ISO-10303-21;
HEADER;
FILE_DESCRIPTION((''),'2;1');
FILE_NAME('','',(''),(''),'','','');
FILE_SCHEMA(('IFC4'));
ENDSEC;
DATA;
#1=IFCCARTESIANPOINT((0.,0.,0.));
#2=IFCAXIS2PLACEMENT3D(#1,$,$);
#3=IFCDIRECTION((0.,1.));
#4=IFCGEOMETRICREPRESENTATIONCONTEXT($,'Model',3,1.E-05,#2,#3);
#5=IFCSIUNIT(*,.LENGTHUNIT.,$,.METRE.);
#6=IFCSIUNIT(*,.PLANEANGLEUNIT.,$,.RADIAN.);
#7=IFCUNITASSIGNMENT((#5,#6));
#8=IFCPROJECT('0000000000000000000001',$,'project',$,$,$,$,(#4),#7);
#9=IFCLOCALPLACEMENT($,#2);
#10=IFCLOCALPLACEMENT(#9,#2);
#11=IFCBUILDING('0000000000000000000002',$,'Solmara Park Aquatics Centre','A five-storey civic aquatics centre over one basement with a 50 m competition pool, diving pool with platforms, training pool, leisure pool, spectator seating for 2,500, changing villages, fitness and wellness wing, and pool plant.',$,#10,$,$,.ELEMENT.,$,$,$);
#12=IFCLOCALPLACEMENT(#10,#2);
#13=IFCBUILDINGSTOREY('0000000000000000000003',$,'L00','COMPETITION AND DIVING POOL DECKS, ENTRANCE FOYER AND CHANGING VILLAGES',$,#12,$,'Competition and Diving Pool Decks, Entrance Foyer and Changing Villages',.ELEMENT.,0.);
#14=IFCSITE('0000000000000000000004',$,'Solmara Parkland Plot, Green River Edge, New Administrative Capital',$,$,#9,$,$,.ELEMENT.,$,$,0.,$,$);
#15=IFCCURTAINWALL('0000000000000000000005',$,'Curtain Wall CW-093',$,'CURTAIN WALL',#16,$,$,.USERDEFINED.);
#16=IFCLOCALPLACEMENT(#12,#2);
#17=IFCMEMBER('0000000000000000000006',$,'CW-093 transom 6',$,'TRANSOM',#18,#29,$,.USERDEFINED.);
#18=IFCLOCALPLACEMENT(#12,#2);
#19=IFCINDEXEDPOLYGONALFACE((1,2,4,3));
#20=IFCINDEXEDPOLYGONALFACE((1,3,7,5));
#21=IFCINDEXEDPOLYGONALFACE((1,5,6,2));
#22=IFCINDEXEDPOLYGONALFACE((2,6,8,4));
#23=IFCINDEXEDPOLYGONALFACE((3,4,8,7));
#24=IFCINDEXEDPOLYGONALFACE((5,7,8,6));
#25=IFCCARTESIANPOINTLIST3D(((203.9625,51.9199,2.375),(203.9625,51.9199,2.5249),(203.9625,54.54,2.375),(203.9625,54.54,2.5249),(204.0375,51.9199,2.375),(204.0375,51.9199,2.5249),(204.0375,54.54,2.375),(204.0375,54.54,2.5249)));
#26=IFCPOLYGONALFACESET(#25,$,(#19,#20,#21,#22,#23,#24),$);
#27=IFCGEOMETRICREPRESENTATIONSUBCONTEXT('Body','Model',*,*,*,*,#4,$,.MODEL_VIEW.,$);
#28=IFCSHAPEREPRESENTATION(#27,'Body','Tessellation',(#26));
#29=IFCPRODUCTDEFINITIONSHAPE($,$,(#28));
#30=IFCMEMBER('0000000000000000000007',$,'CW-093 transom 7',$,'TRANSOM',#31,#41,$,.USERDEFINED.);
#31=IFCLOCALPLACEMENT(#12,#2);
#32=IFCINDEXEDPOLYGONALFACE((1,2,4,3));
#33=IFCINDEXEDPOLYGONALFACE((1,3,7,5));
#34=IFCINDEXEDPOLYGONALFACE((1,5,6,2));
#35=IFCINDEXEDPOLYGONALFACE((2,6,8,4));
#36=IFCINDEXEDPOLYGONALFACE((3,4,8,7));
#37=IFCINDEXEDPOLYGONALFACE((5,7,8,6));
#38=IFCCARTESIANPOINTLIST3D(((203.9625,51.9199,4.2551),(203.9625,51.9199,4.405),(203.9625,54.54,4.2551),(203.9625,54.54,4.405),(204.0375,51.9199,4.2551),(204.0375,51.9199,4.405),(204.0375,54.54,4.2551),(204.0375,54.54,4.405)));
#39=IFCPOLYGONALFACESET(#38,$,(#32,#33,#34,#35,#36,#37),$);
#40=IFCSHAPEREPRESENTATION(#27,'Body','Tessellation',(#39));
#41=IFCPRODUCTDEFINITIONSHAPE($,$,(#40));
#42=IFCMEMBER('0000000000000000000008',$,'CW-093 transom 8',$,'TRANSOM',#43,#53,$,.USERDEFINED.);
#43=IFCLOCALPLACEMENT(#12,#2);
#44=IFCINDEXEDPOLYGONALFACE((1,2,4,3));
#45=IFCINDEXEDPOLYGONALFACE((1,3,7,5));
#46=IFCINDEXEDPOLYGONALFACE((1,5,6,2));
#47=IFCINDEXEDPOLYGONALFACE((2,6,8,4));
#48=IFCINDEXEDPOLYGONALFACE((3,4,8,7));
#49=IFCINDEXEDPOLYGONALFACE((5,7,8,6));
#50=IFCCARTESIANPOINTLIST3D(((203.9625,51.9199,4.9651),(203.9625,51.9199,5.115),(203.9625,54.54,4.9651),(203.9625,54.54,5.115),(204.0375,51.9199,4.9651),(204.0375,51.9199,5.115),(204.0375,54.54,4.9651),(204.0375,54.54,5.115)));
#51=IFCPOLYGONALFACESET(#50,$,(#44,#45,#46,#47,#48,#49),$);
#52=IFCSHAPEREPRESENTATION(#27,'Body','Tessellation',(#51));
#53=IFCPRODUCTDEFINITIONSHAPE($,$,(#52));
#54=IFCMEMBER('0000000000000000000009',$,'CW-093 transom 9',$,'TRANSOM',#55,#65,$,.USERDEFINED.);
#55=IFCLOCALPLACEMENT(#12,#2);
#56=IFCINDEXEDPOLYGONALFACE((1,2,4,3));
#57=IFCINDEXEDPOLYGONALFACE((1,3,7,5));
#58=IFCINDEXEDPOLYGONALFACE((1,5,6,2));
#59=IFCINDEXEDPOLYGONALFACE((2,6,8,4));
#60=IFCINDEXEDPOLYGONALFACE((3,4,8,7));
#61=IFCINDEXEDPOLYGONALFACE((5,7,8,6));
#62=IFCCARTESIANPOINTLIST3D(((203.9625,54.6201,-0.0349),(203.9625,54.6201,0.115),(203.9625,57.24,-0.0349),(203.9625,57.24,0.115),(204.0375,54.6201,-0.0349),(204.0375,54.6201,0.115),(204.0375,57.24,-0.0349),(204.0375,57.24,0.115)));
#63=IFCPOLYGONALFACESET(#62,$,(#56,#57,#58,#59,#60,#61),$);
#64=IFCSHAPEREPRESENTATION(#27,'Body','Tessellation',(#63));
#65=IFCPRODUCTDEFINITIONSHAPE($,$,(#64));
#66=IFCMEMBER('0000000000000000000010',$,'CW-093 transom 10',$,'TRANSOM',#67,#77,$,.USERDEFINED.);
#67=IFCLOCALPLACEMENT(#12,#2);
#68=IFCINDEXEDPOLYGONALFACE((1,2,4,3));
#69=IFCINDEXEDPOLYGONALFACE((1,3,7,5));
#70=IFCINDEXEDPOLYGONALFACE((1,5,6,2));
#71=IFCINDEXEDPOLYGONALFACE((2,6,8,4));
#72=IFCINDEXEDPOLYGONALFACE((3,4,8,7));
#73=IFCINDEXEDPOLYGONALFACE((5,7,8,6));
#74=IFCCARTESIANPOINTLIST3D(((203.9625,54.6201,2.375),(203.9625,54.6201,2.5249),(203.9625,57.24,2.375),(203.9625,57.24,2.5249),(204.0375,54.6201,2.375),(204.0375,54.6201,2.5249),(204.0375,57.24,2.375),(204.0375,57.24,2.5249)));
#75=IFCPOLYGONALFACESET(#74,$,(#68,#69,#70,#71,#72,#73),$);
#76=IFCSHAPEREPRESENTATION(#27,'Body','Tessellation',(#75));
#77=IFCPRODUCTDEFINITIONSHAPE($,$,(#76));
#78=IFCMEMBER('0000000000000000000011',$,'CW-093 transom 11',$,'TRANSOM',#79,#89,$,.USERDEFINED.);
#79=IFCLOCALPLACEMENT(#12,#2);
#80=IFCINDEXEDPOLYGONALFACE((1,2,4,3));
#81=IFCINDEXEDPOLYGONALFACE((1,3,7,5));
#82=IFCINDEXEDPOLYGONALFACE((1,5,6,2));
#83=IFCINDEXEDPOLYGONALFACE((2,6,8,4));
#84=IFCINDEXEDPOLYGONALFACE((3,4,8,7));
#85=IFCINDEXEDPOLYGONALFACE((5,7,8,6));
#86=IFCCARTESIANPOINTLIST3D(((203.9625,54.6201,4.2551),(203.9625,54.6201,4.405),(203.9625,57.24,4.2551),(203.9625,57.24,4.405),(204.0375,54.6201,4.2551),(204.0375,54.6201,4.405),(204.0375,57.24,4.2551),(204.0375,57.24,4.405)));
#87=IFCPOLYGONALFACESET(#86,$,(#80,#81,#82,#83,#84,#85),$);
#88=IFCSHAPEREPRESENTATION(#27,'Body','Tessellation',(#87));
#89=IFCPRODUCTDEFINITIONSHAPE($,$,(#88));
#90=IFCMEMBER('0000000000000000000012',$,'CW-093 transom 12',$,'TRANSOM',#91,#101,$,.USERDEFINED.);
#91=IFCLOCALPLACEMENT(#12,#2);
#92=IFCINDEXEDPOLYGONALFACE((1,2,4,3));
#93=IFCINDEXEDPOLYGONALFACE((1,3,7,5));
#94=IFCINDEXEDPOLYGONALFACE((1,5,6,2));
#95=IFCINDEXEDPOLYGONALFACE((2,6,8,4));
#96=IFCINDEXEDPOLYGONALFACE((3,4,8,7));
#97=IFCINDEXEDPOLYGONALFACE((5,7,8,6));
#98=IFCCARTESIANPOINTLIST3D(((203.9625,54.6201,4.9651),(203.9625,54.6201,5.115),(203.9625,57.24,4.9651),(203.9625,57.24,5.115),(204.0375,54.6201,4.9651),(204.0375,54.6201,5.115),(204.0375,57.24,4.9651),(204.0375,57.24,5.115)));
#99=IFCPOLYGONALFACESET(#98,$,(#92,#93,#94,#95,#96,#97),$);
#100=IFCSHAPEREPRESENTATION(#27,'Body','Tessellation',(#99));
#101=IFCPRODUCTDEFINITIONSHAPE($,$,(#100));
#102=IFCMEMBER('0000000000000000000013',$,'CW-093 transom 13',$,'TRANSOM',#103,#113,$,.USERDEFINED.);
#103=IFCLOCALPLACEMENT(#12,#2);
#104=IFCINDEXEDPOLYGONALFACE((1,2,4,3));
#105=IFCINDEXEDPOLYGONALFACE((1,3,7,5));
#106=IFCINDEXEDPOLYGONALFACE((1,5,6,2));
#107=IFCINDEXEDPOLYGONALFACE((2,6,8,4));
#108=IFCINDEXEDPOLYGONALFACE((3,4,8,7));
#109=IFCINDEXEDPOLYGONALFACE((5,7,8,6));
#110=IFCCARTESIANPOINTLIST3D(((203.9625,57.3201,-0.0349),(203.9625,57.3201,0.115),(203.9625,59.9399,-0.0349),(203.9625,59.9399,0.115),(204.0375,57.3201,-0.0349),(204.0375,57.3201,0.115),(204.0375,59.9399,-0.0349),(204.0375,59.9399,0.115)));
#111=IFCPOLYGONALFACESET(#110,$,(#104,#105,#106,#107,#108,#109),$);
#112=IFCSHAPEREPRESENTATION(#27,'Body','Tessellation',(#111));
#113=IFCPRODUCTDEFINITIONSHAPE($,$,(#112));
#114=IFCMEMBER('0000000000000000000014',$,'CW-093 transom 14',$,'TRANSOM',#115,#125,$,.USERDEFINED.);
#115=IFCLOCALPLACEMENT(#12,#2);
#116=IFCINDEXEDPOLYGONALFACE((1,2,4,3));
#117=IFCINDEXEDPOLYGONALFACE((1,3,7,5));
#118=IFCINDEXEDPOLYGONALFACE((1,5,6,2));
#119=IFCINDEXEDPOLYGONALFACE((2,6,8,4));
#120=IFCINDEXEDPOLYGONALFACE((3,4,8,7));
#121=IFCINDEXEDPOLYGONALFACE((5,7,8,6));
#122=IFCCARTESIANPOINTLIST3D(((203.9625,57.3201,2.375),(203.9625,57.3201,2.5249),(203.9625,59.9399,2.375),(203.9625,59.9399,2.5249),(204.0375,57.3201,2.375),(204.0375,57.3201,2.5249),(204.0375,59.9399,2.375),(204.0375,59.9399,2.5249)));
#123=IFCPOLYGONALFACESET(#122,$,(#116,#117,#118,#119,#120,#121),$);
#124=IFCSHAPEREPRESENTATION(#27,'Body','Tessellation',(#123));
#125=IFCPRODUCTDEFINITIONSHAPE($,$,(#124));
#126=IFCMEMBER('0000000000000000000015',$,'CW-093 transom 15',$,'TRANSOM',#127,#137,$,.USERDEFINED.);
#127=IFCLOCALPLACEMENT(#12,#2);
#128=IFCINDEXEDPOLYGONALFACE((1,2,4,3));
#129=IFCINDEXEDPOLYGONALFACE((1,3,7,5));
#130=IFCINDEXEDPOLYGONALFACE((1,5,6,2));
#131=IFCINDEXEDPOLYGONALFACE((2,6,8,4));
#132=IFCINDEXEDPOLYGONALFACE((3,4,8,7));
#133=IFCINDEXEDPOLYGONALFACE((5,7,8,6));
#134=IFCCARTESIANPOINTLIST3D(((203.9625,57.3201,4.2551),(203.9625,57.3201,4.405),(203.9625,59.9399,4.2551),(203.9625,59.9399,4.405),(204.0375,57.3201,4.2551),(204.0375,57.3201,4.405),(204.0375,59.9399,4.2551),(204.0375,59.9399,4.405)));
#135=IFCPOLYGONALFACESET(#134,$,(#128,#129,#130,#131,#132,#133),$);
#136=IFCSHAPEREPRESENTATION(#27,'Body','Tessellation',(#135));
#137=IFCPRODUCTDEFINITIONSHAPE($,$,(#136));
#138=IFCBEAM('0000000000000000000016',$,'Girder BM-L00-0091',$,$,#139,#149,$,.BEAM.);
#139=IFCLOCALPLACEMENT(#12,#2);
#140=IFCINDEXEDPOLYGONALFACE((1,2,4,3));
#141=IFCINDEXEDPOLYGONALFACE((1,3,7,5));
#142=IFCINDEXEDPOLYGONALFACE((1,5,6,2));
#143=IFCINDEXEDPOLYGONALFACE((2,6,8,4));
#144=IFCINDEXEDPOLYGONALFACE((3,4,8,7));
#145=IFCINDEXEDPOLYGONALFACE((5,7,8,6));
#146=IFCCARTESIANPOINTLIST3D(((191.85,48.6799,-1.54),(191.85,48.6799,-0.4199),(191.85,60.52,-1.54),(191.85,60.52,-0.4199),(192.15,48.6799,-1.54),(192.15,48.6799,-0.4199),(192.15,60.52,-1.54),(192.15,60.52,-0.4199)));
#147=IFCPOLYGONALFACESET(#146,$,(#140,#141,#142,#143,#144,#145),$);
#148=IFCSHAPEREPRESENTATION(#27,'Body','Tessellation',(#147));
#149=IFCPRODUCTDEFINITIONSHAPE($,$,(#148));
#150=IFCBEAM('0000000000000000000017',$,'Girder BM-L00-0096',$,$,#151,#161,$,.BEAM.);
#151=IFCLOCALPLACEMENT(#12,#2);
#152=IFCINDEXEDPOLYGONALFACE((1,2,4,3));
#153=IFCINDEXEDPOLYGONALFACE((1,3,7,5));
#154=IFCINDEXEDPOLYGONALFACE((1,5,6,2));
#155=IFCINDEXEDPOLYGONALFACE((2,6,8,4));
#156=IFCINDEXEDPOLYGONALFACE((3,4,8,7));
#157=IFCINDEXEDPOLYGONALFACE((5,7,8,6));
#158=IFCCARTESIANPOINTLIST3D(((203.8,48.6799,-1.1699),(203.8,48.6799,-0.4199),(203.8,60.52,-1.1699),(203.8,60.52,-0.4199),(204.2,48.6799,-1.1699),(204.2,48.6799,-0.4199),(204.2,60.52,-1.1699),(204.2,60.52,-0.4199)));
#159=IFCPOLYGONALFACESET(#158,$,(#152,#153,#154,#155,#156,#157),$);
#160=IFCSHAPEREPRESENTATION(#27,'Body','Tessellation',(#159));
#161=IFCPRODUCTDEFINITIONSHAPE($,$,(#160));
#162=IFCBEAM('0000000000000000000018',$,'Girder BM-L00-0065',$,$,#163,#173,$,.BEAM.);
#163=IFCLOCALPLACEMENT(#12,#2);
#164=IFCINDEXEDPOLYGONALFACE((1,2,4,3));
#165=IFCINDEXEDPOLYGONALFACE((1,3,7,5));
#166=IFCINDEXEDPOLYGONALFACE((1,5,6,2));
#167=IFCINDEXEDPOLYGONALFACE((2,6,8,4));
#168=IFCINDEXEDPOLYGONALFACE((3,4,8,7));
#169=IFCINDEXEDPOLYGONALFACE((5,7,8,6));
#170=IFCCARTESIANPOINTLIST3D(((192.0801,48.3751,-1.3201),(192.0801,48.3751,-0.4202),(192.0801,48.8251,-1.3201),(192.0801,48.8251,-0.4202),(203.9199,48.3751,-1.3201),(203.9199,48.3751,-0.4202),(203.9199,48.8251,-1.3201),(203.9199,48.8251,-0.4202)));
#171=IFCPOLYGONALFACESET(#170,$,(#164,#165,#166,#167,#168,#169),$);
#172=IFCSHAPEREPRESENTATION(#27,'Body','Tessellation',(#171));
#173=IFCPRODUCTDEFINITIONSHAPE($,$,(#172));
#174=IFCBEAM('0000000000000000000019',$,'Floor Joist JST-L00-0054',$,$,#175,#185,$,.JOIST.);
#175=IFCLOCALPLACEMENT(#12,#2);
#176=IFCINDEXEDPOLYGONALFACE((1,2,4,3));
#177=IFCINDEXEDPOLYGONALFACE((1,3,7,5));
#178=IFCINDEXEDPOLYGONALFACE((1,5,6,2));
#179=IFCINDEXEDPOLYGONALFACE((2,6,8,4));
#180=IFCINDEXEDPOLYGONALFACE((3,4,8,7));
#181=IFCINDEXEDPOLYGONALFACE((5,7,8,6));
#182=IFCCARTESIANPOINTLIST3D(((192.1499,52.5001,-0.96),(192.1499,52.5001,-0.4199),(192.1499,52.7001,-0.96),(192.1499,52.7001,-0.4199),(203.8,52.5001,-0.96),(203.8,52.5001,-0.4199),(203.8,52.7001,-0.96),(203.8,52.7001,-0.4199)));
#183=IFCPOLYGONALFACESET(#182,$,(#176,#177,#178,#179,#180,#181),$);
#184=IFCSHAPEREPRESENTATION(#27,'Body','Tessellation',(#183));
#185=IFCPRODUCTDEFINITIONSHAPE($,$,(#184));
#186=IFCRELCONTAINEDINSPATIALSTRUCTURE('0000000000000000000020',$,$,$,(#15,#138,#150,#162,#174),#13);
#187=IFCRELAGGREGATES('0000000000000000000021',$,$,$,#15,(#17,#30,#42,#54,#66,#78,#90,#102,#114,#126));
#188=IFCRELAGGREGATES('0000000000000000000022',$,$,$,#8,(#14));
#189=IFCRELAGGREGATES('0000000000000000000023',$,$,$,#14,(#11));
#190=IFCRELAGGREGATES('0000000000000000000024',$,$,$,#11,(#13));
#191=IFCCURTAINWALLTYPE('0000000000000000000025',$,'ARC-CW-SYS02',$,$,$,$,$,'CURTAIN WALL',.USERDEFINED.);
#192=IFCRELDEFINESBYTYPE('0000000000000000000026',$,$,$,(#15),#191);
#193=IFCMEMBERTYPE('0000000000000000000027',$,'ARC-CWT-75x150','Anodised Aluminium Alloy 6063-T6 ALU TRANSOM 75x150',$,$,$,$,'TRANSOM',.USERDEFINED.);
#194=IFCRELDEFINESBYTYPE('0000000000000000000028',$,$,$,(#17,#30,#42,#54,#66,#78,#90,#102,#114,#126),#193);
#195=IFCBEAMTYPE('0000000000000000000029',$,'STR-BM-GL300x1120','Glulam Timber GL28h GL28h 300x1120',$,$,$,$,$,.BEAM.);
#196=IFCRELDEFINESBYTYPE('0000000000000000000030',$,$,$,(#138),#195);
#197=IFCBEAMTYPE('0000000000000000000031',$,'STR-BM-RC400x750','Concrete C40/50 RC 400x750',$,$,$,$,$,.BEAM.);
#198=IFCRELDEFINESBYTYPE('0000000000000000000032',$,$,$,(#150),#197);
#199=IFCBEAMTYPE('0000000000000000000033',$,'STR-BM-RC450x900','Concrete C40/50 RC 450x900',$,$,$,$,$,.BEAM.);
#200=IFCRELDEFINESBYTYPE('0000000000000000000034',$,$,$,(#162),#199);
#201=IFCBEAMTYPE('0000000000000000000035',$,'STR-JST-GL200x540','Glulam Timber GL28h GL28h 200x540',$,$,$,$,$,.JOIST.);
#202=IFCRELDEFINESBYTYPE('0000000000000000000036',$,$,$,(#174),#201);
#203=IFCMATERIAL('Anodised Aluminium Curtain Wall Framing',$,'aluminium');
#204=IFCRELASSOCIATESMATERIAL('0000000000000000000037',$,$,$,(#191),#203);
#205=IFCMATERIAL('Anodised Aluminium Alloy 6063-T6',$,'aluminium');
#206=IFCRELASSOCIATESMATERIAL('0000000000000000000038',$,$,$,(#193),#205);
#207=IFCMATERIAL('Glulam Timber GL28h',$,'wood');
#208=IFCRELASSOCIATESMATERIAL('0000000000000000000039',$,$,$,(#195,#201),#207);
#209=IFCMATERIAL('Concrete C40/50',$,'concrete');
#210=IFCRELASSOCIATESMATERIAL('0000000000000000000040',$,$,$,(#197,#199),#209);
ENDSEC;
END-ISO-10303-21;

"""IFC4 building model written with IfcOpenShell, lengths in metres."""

from ifc_helpers import new_model, si_unit, direction, frame, origin, origin_2d, place, context, subcontext, project, spatial, rectangle, extrude, material, material_profile, profile_set, type_object, element, aggregate, save


model = new_model("IFC4")

# Units and contexts
model_context = context("Model", 3, precision=1e-05, world=origin(), true_north=direction((0.0, 1.0)))
body_context = subcontext(model_context, "Body", "Model", "MODEL_VIEW")
ifc_project = project(units=[si_unit("LENGTHUNIT", "METRE"), si_unit("PLANEANGLEUNIT", "RADIAN")], contexts=[model_context])

# Site, building, storey
site_placement = place(None, origin())
site = spatial("IfcSite", under=ifc_project, at=site_placement, Name="Solmara Parkland Plot, Green River Edge, New Administrative Capital", CompositionType="ELEMENT", RefElevation=0.0)
building_placement = place(site_placement, origin())
building = spatial("IfcBuilding", under=site, at=building_placement, Name="Solmara Park Aquatics Centre", Description="A five-storey civic aquatics centre over one basement with a 50 m competition pool, diving pool with platforms, training pool, leisure pool, spectator seating for 2,500, changing villages, fitness and wellness wing, and pool plant.", CompositionType="ELEMENT")
storey_placement = place(building_placement, origin())
storey = spatial("IfcBuildingStorey", under=building, at=storey_placement, Name="L00", Description="COMPETITION AND DIVING POOL DECKS, ENTRANCE FOYER AND CHANGING VILLAGES", LongName="Competition and Diving Pool Decks, Entrance Foyer and Changing Villages", CompositionType="ELEMENT", Elevation=0.0)

# Shared definitions
ifc_material_1 = material(Name="Concrete C40/50", Category="concrete")

# Curtain wall, members
ifc_material_2 = material(Name="Anodised Aluminium Curtain Wall Framing", Category="aluminium")
curtain_wall_type = type_object("IfcCurtainWallType", Name="ARC-CW-SYS02", ElementType="CURTAIN WALL", PredefinedType="USERDEFINED", material=ifc_material_2)
curtain_wall_placement = place(storey_placement, origin())
curtain_wall = element("IfcCurtainWall", 1, at=curtain_wall_placement, inside=storey, type_object=curtain_wall_type, Name="Curtain Wall CW-093", ObjectType="CURTAIN WALL", PredefinedType="USERDEFINED")
ifc_material_3 = material(Name="Anodised Aluminium Alloy 6063-T6", Category="aluminium")
ifc_material_profile_1 = material_profile(ifc_material_3, rectangle(XDim=0.075, YDim=0.1499, at=origin_2d()), Name="ALU TRANSOM 75x150")
ifc_profile_set_1 = profile_set([ifc_material_profile_1], Name="Anodised Aluminium Alloy 6063-T6")
member_type_1 = type_object("IfcMemberType", Name="ARC-CWT-75x150", Description="Anodised Aluminium Alloy 6063-T6 ALU TRANSOM 75x150", ElementType="TRANSOM", PredefinedType="USERDEFINED", material=ifc_profile_set_1)
member_1_placement = place(storey_placement, frame((204.0, 51.9199, 2.45), z_axis=(0.0, 1.0, 0.0), x_axis=(-1.0, 0.0, 0.0)))
member_1 = element("IfcMember", 2, at=member_1_placement, type_object=member_type_1, Name="CW-093 transom 6", ObjectType="TRANSOM", PredefinedType="USERDEFINED", context=body_context, shape_type="SweptSolid", body=[
    extrude(rectangle(XDim=0.075, YDim=0.1499, at=origin_2d()), origin(), (0.0, 0.0, 1.0), 2.6201),
])
member_2_placement = place(storey_placement, frame((204.0, 51.9199, 4.3301), z_axis=(0.0, 1.0, 0.0), x_axis=(-1.0, 0.0, 0.0)))
member_2 = element("IfcMember", 3, at=member_2_placement, type_object=member_type_1, Name="CW-093 transom 7", ObjectType="TRANSOM", PredefinedType="USERDEFINED", context=body_context, shape_type="SweptSolid", body=[
    extrude(rectangle(XDim=0.075, YDim=0.1499, at=origin_2d()), origin(), (0.0, 0.0, 1.0), 2.6201),
])
member_3_placement = place(storey_placement, frame((204.0, 51.9199, 5.04), z_axis=(0.0, 1.0, 0.0), x_axis=(-1.0, 0.0, 0.0)))
member_3 = element("IfcMember", 4, at=member_3_placement, type_object=member_type_1, Name="CW-093 transom 8", ObjectType="TRANSOM", PredefinedType="USERDEFINED", context=body_context, shape_type="SweptSolid", body=[
    extrude(rectangle(XDim=0.075, YDim=0.1499, at=origin_2d()), origin(), (0.0, 0.0, 1.0), 2.6201),
])
member_4_placement = place(storey_placement, frame((204.0, 54.6201, 0.04), z_axis=(0.0, 1.0, 0.0), x_axis=(-1.0, 0.0, 0.0)))
member_4 = element("IfcMember", 5, at=member_4_placement, type_object=member_type_1, Name="CW-093 transom 9", ObjectType="TRANSOM", PredefinedType="USERDEFINED", context=body_context, shape_type="SweptSolid", body=[
    extrude(rectangle(XDim=0.075, YDim=0.1499, at=origin_2d()), origin(), (0.0, 0.0, 1.0), 2.6199),
])
member_5_placement = place(storey_placement, frame((204.0, 54.6201, 2.45), z_axis=(0.0, 1.0, 0.0), x_axis=(-1.0, 0.0, 0.0)))
member_5 = element("IfcMember", 6, at=member_5_placement, type_object=member_type_1, Name="CW-093 transom 10", ObjectType="TRANSOM", PredefinedType="USERDEFINED", context=body_context, shape_type="SweptSolid", body=[
    extrude(rectangle(XDim=0.075, YDim=0.1499, at=origin_2d()), origin(), (0.0, 0.0, 1.0), 2.6199),
])
member_6_placement = place(storey_placement, frame((204.0, 54.6201, 4.3301), z_axis=(0.0, 1.0, 0.0), x_axis=(-1.0, 0.0, 0.0)))
member_6 = element("IfcMember", 7, at=member_6_placement, type_object=member_type_1, Name="CW-093 transom 11", ObjectType="TRANSOM", PredefinedType="USERDEFINED", context=body_context, shape_type="SweptSolid", body=[
    extrude(rectangle(XDim=0.075, YDim=0.1499, at=origin_2d()), origin(), (0.0, 0.0, 1.0), 2.6199),
])
member_7_placement = place(storey_placement, frame((204.0, 54.6201, 5.04), z_axis=(0.0, 1.0, 0.0), x_axis=(-1.0, 0.0, 0.0)))
member_7 = element("IfcMember", 8, at=member_7_placement, type_object=member_type_1, Name="CW-093 transom 12", ObjectType="TRANSOM", PredefinedType="USERDEFINED", context=body_context, shape_type="SweptSolid", body=[
    extrude(rectangle(XDim=0.075, YDim=0.1499, at=origin_2d()), origin(), (0.0, 0.0, 1.0), 2.6199),
])
member_8_placement = place(storey_placement, frame((204.0, 57.3201, 0.04), z_axis=(0.0, 1.0, 0.0), x_axis=(-1.0, 0.0, 0.0)))
member_8 = element("IfcMember", 9, at=member_8_placement, type_object=member_type_1, Name="CW-093 transom 13", ObjectType="TRANSOM", PredefinedType="USERDEFINED", context=body_context, shape_type="SweptSolid", body=[
    extrude(rectangle(XDim=0.075, YDim=0.1499, at=origin_2d()), origin(), (0.0, 0.0, 1.0), 2.6199),
])
member_9_placement = place(storey_placement, frame((204.0, 57.3201, 2.45), z_axis=(0.0, 1.0, 0.0), x_axis=(-1.0, 0.0, 0.0)))
member_9 = element("IfcMember", 10, at=member_9_placement, type_object=member_type_1, Name="CW-093 transom 14", ObjectType="TRANSOM", PredefinedType="USERDEFINED", context=body_context, shape_type="SweptSolid", body=[
    extrude(rectangle(XDim=0.075, YDim=0.1499, at=origin_2d()), origin(), (0.0, 0.0, 1.0), 2.6199),
])
member_10_placement = place(storey_placement, frame((204.0, 57.3201, 4.3301), z_axis=(0.0, 1.0, 0.0), x_axis=(-1.0, 0.0, 0.0)))
member_10 = element("IfcMember", 11, at=member_10_placement, type_object=member_type_1, Name="CW-093 transom 15", ObjectType="TRANSOM", PredefinedType="USERDEFINED", context=body_context, shape_type="SweptSolid", body=[
    extrude(rectangle(XDim=0.075, YDim=0.1499, at=origin_2d()), origin(), (0.0, 0.0, 1.0), 2.6199),
])

# Beams
ifc_material_4 = material(Name="Glulam Timber GL28h", Category="wood")
ifc_material_profile_2 = material_profile(ifc_material_4, rectangle(XDim=0.3, YDim=1.1201, at=origin_2d()), Name="GL28h 300x1120")
ifc_profile_set_2 = profile_set([ifc_material_profile_2], Name="Glulam Timber GL28h")
beam_type_1 = type_object("IfcBeamType", Name="STR-BM-GL300x1120", Description="Glulam Timber GL28h GL28h 300x1120", PredefinedType="BEAM", material=ifc_profile_set_2)
beam_1_placement = place(storey_placement, frame((192.0, 48.6799, -0.98), z_axis=(0.0, 1.0, 0.0), x_axis=(-1.0, 0.0, 0.0)))
element("IfcBeam", 12, at=beam_1_placement, inside=storey, type_object=beam_type_1, Name="Girder BM-L00-0091", PredefinedType="BEAM", context=body_context, shape_type="SweptSolid", body=[
    extrude(rectangle(XDim=0.3, YDim=1.1201, at=origin_2d()), origin(), (0.0, 0.0, 1.0), 11.8401),
])
ifc_material_profile_3 = material_profile(ifc_material_1, rectangle(XDim=0.3999, YDim=0.75, at=origin_2d()), Name="RC 400x750")
ifc_profile_set_3 = profile_set([ifc_material_profile_3], Name="Concrete C40/50")
beam_type_2 = type_object("IfcBeamType", Name="STR-BM-RC400x750", Description="Concrete C40/50 RC 400x750", PredefinedType="BEAM", material=ifc_profile_set_3)
beam_2_placement = place(storey_placement, frame((204.0, 48.6799, -0.7949), z_axis=(0.0, 1.0, 0.0), x_axis=(-1.0, 0.0, 0.0)))
element("IfcBeam", 13, at=beam_2_placement, inside=storey, type_object=beam_type_2, Name="Girder BM-L00-0096", PredefinedType="BEAM", context=body_context, shape_type="SweptSolid", body=[
    extrude(rectangle(XDim=0.3999, YDim=0.75, at=origin_2d()), origin(), (0.0, 0.0, 1.0), 11.8401),
])
ifc_material_profile_4 = material_profile(ifc_material_1, rectangle(XDim=0.45, YDim=0.8999, at=origin_2d()), Name="RC 450x900")
ifc_profile_set_4 = profile_set([ifc_material_profile_4], Name="Concrete C40/50")
beam_type_3 = type_object("IfcBeamType", Name="STR-BM-RC450x900", Description="Concrete C40/50 RC 450x900", PredefinedType="BEAM", material=ifc_profile_set_4)
beam_3_placement = place(storey_placement, frame((192.0801, 48.6001, -0.8701), z_axis=(1.0, 0.0, 0.0), x_axis=(0.0, 1.0, 0.0)))
element("IfcBeam", 14, at=beam_3_placement, inside=storey, type_object=beam_type_3, Name="Girder BM-L00-0065", PredefinedType="BEAM", context=body_context, shape_type="SweptSolid", body=[
    extrude(rectangle(XDim=0.45, YDim=0.8999, at=origin_2d()), origin(), (0.0, 0.0, 1.0), 11.8398),
])
ifc_material_profile_5 = material_profile(ifc_material_4, rectangle(XDim=0.2, YDim=0.54, at=origin_2d()), Name="GL28h 200x540")
ifc_profile_set_5 = profile_set([ifc_material_profile_5], Name="Glulam Timber GL28h")
beam_type_4 = type_object("IfcBeamType", Name="STR-JST-GL200x540", Description="Glulam Timber GL28h GL28h 200x540", PredefinedType="JOIST", material=ifc_profile_set_5)
beam_4_placement = place(storey_placement, frame((192.1499, 52.6001, -0.6899), z_axis=(1.0, 0.0, 0.0), x_axis=(0.0, 1.0, 0.0)))
element("IfcBeam", 15, at=beam_4_placement, inside=storey, type_object=beam_type_4, Name="Floor Joist JST-L00-0054", PredefinedType="JOIST", context=body_context, shape_type="SweptSolid", body=[
    extrude(rectangle(XDim=0.2, YDim=0.54, at=origin_2d()), origin(), (0.0, 0.0, 1.0), 11.6501),
])

aggregate(curtain_wall, [member_1, member_2, member_3, member_4, member_5, member_6, member_7, member_8, member_9, member_10])

save(model, "model.ifc")
